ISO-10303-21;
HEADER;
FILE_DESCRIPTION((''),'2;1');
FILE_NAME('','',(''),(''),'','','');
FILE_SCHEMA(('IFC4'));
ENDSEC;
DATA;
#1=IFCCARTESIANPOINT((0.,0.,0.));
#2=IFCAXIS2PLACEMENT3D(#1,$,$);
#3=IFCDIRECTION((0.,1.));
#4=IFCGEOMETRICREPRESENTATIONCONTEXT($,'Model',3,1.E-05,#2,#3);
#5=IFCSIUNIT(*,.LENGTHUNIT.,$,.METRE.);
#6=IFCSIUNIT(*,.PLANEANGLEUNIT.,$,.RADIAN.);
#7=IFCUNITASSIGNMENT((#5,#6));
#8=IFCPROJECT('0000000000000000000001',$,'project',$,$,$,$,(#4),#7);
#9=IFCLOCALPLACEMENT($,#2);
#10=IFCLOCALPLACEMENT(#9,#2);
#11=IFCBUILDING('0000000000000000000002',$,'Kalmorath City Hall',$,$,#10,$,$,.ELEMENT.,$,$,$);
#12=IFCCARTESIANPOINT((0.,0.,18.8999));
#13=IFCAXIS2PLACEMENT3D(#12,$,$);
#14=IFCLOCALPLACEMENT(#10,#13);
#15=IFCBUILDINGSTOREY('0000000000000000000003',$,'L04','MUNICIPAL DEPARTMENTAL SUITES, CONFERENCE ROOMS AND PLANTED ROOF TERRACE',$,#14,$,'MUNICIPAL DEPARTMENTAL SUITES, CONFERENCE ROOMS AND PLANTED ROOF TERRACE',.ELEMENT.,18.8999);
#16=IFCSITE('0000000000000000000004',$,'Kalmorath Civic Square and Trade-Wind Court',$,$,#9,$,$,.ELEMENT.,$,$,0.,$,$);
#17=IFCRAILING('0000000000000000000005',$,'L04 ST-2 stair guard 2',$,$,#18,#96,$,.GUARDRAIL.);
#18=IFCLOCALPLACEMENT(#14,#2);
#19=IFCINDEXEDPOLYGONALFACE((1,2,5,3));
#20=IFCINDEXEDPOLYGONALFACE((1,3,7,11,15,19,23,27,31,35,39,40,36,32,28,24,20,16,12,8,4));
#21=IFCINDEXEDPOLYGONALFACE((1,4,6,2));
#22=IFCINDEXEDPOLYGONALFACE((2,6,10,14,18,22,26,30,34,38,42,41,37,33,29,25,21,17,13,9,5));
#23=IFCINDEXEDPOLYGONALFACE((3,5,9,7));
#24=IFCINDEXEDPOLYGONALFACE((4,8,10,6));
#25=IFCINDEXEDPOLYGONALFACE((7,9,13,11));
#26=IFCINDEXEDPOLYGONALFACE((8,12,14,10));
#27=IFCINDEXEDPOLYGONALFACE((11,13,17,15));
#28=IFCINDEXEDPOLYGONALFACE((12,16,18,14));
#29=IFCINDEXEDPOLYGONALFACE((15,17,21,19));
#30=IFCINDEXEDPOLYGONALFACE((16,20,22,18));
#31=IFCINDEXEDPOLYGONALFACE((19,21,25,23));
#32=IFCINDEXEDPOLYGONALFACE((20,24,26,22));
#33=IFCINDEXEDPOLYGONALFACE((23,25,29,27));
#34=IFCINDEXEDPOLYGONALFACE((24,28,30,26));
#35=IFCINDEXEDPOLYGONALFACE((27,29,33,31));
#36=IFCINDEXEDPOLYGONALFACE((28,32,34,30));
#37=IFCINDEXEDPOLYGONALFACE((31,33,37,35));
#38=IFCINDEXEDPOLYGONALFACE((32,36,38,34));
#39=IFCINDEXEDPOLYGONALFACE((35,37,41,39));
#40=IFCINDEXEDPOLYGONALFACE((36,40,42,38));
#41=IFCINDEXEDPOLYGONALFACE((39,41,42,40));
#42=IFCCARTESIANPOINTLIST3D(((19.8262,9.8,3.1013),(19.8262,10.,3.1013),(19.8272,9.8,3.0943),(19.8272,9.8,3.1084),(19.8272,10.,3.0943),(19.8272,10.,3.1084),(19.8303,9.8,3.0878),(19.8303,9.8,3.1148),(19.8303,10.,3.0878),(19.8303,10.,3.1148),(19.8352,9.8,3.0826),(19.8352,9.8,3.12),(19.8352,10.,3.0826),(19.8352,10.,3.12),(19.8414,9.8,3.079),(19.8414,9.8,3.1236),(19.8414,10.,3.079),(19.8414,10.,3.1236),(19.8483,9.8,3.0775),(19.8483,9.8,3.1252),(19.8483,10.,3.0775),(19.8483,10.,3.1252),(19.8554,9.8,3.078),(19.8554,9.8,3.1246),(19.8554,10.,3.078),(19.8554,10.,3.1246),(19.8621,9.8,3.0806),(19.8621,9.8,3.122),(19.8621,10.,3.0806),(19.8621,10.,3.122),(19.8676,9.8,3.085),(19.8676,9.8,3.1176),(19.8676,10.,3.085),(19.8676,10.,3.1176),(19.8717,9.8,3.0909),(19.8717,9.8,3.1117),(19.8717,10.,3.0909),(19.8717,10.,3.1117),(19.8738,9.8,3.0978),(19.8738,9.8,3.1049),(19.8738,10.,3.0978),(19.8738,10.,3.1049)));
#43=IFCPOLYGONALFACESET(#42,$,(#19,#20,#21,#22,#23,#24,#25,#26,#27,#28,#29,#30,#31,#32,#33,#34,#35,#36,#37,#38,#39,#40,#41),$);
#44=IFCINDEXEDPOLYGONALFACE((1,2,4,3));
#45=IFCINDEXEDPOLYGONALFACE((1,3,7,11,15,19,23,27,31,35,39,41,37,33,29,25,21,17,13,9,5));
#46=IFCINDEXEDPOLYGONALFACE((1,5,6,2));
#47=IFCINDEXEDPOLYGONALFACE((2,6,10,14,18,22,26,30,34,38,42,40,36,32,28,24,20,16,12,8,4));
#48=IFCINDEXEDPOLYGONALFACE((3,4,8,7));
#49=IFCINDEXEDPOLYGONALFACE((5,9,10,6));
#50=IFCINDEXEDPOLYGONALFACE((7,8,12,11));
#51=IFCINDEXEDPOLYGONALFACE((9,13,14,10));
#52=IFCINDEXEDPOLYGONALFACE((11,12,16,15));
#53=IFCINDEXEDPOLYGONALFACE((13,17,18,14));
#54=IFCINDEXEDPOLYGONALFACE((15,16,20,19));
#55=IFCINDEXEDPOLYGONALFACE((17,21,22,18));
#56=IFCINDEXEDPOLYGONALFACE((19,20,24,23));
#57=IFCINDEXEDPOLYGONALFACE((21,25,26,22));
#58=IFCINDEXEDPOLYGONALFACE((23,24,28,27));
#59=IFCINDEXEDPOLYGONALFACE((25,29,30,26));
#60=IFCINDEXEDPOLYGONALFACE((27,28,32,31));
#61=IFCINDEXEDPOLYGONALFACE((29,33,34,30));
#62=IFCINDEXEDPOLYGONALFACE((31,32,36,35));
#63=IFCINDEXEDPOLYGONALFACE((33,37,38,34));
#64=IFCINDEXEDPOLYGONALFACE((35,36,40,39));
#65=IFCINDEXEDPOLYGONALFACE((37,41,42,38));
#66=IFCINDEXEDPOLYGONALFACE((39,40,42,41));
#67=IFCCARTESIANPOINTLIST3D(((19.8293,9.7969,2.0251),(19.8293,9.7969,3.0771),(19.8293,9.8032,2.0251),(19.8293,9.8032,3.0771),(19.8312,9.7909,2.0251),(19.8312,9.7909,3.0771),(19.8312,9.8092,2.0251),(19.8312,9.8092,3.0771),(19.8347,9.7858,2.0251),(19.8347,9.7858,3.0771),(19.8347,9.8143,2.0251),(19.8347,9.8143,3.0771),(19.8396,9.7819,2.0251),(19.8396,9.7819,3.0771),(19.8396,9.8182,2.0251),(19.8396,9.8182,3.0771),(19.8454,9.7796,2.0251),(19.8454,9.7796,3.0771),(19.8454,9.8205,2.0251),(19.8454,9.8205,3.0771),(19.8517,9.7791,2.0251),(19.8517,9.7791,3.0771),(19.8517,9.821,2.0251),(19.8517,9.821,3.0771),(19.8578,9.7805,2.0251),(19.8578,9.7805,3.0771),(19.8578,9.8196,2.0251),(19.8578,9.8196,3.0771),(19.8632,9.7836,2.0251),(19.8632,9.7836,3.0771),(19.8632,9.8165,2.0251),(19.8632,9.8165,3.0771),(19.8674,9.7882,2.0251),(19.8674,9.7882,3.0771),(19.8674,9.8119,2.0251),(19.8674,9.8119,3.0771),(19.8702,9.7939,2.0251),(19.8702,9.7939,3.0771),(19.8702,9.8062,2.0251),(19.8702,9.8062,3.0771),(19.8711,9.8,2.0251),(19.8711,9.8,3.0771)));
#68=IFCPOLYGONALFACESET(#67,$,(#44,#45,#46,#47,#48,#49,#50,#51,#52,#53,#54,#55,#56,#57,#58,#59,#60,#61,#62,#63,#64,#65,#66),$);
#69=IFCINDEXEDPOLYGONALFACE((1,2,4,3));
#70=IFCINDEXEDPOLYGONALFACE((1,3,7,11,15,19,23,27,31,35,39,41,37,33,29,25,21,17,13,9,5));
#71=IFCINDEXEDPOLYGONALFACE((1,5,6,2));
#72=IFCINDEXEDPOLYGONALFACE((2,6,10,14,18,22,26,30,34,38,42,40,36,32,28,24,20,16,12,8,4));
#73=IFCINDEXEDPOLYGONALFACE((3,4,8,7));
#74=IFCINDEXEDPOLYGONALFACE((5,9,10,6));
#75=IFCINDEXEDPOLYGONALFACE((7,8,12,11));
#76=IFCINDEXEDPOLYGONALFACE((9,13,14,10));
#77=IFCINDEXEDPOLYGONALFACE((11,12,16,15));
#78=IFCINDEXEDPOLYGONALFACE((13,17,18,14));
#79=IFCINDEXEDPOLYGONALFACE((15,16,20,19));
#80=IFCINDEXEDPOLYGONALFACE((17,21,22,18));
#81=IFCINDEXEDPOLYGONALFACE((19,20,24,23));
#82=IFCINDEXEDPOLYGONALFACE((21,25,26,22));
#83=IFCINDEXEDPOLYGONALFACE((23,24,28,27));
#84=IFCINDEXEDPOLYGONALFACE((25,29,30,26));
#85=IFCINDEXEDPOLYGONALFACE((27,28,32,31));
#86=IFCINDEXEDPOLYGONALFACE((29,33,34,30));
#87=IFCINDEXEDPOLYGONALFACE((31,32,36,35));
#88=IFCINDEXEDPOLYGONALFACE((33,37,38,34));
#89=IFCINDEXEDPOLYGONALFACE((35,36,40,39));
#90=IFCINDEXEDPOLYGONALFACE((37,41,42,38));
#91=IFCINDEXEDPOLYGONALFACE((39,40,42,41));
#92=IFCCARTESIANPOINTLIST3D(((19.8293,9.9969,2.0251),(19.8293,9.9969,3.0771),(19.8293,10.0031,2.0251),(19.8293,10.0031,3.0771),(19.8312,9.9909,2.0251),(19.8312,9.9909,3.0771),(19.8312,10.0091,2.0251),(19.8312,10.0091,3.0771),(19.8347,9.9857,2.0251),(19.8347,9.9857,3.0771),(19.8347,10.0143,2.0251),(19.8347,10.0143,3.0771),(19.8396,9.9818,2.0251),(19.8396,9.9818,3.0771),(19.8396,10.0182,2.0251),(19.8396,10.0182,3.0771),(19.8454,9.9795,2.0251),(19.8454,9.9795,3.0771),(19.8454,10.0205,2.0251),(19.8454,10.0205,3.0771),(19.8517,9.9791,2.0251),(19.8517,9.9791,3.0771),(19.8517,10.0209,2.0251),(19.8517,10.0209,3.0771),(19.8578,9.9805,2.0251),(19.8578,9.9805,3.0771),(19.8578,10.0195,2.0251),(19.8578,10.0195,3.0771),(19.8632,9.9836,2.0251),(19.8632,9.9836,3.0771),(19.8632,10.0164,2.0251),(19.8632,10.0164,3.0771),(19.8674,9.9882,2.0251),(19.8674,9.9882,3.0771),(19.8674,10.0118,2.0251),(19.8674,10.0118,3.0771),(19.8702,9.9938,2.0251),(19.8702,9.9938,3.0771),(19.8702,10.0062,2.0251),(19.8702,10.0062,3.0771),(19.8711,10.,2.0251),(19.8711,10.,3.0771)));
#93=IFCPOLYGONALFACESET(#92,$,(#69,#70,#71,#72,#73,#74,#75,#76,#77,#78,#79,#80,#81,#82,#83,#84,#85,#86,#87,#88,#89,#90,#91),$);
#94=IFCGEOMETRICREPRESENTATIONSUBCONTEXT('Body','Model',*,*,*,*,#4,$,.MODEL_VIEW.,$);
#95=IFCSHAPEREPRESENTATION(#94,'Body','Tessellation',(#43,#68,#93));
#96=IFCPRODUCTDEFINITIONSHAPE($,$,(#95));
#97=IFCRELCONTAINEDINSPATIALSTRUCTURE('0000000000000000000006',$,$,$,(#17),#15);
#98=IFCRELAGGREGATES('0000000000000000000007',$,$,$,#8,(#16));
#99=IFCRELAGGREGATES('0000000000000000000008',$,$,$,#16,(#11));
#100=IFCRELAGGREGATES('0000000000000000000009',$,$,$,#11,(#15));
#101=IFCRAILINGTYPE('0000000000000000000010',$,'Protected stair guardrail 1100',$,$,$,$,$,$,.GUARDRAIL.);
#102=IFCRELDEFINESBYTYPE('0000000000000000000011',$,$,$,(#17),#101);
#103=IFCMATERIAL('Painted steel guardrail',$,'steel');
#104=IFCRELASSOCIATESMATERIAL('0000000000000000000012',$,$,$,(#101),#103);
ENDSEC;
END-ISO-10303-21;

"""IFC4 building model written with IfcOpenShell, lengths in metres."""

from ifc_helpers import new_model, si_unit, direction, frame, origin, origin_2d, place, context, subcontext, project, spatial, circle, extrude, material, type_object, element, save


model = new_model("IFC4")

# Units and contexts
model_context = context("Model", 3, precision=1e-05, world=origin(), true_north=direction((0.0, 1.0)))
body_context = subcontext(model_context, "Body", "Model", "MODEL_VIEW")
ifc_project = project(units=[si_unit("LENGTHUNIT", "METRE"), si_unit("PLANEANGLEUNIT", "RADIAN")], contexts=[model_context])

# Site, building, storey
site_placement = place(None, origin())
site = spatial("IfcSite", under=ifc_project, at=site_placement, Name="Kalmorath Civic Square and Trade-Wind Court", CompositionType="ELEMENT", RefElevation=0.0)
building_placement = place(site_placement, origin())
building = spatial("IfcBuilding", under=site, at=building_placement, Name="Kalmorath City Hall", CompositionType="ELEMENT")
storey_placement = place(building_placement, frame((0.0, 0.0, 18.8999)))
storey = spatial("IfcBuildingStorey", under=building, at=storey_placement, Name="L04", Description="MUNICIPAL DEPARTMENTAL SUITES, CONFERENCE ROOMS AND PLANTED ROOF TERRACE", LongName="MUNICIPAL DEPARTMENTAL SUITES, CONFERENCE ROOMS AND PLANTED ROOF TERRACE", CompositionType="ELEMENT", Elevation=18.8999)

# Railing
ifc_material_1 = material(Name="Painted steel guardrail", Category="steel")
railing_type_1 = type_object("IfcRailingType", Name="Protected stair guardrail 1100", PredefinedType="GUARDRAIL", material=ifc_material_1)
railing_1_placement = place(storey_placement, frame((19.8501, 9.8, 2.0251)))
element("IfcRailing", 1, at=railing_1_placement, inside=storey, type_object=railing_type_1, Name="L04 ST-2 stair guard 2", PredefinedType="GUARDRAIL", context=body_context, shape_type="SweptSolid", body=[
    extrude(circle(Radius=0.0239, at=origin_2d()), frame((0.0, 0.0, 1.0762), z_axis=(0.0, 1.0, 0.0), x_axis=(-1.0, 0.0, 0.0)), (0.0, 0.0, 1.0), 0.2),
    extrude(circle(Radius=0.021, at=origin_2d()), origin(), (0.0, 0.0, 1.0), 1.052),
    extrude(circle(Radius=0.021, at=origin_2d()), frame((0.0, 0.2, 0.0)), (0.0, 0.0, 1.0), 1.052),
])

save(model, "model.ifc")
